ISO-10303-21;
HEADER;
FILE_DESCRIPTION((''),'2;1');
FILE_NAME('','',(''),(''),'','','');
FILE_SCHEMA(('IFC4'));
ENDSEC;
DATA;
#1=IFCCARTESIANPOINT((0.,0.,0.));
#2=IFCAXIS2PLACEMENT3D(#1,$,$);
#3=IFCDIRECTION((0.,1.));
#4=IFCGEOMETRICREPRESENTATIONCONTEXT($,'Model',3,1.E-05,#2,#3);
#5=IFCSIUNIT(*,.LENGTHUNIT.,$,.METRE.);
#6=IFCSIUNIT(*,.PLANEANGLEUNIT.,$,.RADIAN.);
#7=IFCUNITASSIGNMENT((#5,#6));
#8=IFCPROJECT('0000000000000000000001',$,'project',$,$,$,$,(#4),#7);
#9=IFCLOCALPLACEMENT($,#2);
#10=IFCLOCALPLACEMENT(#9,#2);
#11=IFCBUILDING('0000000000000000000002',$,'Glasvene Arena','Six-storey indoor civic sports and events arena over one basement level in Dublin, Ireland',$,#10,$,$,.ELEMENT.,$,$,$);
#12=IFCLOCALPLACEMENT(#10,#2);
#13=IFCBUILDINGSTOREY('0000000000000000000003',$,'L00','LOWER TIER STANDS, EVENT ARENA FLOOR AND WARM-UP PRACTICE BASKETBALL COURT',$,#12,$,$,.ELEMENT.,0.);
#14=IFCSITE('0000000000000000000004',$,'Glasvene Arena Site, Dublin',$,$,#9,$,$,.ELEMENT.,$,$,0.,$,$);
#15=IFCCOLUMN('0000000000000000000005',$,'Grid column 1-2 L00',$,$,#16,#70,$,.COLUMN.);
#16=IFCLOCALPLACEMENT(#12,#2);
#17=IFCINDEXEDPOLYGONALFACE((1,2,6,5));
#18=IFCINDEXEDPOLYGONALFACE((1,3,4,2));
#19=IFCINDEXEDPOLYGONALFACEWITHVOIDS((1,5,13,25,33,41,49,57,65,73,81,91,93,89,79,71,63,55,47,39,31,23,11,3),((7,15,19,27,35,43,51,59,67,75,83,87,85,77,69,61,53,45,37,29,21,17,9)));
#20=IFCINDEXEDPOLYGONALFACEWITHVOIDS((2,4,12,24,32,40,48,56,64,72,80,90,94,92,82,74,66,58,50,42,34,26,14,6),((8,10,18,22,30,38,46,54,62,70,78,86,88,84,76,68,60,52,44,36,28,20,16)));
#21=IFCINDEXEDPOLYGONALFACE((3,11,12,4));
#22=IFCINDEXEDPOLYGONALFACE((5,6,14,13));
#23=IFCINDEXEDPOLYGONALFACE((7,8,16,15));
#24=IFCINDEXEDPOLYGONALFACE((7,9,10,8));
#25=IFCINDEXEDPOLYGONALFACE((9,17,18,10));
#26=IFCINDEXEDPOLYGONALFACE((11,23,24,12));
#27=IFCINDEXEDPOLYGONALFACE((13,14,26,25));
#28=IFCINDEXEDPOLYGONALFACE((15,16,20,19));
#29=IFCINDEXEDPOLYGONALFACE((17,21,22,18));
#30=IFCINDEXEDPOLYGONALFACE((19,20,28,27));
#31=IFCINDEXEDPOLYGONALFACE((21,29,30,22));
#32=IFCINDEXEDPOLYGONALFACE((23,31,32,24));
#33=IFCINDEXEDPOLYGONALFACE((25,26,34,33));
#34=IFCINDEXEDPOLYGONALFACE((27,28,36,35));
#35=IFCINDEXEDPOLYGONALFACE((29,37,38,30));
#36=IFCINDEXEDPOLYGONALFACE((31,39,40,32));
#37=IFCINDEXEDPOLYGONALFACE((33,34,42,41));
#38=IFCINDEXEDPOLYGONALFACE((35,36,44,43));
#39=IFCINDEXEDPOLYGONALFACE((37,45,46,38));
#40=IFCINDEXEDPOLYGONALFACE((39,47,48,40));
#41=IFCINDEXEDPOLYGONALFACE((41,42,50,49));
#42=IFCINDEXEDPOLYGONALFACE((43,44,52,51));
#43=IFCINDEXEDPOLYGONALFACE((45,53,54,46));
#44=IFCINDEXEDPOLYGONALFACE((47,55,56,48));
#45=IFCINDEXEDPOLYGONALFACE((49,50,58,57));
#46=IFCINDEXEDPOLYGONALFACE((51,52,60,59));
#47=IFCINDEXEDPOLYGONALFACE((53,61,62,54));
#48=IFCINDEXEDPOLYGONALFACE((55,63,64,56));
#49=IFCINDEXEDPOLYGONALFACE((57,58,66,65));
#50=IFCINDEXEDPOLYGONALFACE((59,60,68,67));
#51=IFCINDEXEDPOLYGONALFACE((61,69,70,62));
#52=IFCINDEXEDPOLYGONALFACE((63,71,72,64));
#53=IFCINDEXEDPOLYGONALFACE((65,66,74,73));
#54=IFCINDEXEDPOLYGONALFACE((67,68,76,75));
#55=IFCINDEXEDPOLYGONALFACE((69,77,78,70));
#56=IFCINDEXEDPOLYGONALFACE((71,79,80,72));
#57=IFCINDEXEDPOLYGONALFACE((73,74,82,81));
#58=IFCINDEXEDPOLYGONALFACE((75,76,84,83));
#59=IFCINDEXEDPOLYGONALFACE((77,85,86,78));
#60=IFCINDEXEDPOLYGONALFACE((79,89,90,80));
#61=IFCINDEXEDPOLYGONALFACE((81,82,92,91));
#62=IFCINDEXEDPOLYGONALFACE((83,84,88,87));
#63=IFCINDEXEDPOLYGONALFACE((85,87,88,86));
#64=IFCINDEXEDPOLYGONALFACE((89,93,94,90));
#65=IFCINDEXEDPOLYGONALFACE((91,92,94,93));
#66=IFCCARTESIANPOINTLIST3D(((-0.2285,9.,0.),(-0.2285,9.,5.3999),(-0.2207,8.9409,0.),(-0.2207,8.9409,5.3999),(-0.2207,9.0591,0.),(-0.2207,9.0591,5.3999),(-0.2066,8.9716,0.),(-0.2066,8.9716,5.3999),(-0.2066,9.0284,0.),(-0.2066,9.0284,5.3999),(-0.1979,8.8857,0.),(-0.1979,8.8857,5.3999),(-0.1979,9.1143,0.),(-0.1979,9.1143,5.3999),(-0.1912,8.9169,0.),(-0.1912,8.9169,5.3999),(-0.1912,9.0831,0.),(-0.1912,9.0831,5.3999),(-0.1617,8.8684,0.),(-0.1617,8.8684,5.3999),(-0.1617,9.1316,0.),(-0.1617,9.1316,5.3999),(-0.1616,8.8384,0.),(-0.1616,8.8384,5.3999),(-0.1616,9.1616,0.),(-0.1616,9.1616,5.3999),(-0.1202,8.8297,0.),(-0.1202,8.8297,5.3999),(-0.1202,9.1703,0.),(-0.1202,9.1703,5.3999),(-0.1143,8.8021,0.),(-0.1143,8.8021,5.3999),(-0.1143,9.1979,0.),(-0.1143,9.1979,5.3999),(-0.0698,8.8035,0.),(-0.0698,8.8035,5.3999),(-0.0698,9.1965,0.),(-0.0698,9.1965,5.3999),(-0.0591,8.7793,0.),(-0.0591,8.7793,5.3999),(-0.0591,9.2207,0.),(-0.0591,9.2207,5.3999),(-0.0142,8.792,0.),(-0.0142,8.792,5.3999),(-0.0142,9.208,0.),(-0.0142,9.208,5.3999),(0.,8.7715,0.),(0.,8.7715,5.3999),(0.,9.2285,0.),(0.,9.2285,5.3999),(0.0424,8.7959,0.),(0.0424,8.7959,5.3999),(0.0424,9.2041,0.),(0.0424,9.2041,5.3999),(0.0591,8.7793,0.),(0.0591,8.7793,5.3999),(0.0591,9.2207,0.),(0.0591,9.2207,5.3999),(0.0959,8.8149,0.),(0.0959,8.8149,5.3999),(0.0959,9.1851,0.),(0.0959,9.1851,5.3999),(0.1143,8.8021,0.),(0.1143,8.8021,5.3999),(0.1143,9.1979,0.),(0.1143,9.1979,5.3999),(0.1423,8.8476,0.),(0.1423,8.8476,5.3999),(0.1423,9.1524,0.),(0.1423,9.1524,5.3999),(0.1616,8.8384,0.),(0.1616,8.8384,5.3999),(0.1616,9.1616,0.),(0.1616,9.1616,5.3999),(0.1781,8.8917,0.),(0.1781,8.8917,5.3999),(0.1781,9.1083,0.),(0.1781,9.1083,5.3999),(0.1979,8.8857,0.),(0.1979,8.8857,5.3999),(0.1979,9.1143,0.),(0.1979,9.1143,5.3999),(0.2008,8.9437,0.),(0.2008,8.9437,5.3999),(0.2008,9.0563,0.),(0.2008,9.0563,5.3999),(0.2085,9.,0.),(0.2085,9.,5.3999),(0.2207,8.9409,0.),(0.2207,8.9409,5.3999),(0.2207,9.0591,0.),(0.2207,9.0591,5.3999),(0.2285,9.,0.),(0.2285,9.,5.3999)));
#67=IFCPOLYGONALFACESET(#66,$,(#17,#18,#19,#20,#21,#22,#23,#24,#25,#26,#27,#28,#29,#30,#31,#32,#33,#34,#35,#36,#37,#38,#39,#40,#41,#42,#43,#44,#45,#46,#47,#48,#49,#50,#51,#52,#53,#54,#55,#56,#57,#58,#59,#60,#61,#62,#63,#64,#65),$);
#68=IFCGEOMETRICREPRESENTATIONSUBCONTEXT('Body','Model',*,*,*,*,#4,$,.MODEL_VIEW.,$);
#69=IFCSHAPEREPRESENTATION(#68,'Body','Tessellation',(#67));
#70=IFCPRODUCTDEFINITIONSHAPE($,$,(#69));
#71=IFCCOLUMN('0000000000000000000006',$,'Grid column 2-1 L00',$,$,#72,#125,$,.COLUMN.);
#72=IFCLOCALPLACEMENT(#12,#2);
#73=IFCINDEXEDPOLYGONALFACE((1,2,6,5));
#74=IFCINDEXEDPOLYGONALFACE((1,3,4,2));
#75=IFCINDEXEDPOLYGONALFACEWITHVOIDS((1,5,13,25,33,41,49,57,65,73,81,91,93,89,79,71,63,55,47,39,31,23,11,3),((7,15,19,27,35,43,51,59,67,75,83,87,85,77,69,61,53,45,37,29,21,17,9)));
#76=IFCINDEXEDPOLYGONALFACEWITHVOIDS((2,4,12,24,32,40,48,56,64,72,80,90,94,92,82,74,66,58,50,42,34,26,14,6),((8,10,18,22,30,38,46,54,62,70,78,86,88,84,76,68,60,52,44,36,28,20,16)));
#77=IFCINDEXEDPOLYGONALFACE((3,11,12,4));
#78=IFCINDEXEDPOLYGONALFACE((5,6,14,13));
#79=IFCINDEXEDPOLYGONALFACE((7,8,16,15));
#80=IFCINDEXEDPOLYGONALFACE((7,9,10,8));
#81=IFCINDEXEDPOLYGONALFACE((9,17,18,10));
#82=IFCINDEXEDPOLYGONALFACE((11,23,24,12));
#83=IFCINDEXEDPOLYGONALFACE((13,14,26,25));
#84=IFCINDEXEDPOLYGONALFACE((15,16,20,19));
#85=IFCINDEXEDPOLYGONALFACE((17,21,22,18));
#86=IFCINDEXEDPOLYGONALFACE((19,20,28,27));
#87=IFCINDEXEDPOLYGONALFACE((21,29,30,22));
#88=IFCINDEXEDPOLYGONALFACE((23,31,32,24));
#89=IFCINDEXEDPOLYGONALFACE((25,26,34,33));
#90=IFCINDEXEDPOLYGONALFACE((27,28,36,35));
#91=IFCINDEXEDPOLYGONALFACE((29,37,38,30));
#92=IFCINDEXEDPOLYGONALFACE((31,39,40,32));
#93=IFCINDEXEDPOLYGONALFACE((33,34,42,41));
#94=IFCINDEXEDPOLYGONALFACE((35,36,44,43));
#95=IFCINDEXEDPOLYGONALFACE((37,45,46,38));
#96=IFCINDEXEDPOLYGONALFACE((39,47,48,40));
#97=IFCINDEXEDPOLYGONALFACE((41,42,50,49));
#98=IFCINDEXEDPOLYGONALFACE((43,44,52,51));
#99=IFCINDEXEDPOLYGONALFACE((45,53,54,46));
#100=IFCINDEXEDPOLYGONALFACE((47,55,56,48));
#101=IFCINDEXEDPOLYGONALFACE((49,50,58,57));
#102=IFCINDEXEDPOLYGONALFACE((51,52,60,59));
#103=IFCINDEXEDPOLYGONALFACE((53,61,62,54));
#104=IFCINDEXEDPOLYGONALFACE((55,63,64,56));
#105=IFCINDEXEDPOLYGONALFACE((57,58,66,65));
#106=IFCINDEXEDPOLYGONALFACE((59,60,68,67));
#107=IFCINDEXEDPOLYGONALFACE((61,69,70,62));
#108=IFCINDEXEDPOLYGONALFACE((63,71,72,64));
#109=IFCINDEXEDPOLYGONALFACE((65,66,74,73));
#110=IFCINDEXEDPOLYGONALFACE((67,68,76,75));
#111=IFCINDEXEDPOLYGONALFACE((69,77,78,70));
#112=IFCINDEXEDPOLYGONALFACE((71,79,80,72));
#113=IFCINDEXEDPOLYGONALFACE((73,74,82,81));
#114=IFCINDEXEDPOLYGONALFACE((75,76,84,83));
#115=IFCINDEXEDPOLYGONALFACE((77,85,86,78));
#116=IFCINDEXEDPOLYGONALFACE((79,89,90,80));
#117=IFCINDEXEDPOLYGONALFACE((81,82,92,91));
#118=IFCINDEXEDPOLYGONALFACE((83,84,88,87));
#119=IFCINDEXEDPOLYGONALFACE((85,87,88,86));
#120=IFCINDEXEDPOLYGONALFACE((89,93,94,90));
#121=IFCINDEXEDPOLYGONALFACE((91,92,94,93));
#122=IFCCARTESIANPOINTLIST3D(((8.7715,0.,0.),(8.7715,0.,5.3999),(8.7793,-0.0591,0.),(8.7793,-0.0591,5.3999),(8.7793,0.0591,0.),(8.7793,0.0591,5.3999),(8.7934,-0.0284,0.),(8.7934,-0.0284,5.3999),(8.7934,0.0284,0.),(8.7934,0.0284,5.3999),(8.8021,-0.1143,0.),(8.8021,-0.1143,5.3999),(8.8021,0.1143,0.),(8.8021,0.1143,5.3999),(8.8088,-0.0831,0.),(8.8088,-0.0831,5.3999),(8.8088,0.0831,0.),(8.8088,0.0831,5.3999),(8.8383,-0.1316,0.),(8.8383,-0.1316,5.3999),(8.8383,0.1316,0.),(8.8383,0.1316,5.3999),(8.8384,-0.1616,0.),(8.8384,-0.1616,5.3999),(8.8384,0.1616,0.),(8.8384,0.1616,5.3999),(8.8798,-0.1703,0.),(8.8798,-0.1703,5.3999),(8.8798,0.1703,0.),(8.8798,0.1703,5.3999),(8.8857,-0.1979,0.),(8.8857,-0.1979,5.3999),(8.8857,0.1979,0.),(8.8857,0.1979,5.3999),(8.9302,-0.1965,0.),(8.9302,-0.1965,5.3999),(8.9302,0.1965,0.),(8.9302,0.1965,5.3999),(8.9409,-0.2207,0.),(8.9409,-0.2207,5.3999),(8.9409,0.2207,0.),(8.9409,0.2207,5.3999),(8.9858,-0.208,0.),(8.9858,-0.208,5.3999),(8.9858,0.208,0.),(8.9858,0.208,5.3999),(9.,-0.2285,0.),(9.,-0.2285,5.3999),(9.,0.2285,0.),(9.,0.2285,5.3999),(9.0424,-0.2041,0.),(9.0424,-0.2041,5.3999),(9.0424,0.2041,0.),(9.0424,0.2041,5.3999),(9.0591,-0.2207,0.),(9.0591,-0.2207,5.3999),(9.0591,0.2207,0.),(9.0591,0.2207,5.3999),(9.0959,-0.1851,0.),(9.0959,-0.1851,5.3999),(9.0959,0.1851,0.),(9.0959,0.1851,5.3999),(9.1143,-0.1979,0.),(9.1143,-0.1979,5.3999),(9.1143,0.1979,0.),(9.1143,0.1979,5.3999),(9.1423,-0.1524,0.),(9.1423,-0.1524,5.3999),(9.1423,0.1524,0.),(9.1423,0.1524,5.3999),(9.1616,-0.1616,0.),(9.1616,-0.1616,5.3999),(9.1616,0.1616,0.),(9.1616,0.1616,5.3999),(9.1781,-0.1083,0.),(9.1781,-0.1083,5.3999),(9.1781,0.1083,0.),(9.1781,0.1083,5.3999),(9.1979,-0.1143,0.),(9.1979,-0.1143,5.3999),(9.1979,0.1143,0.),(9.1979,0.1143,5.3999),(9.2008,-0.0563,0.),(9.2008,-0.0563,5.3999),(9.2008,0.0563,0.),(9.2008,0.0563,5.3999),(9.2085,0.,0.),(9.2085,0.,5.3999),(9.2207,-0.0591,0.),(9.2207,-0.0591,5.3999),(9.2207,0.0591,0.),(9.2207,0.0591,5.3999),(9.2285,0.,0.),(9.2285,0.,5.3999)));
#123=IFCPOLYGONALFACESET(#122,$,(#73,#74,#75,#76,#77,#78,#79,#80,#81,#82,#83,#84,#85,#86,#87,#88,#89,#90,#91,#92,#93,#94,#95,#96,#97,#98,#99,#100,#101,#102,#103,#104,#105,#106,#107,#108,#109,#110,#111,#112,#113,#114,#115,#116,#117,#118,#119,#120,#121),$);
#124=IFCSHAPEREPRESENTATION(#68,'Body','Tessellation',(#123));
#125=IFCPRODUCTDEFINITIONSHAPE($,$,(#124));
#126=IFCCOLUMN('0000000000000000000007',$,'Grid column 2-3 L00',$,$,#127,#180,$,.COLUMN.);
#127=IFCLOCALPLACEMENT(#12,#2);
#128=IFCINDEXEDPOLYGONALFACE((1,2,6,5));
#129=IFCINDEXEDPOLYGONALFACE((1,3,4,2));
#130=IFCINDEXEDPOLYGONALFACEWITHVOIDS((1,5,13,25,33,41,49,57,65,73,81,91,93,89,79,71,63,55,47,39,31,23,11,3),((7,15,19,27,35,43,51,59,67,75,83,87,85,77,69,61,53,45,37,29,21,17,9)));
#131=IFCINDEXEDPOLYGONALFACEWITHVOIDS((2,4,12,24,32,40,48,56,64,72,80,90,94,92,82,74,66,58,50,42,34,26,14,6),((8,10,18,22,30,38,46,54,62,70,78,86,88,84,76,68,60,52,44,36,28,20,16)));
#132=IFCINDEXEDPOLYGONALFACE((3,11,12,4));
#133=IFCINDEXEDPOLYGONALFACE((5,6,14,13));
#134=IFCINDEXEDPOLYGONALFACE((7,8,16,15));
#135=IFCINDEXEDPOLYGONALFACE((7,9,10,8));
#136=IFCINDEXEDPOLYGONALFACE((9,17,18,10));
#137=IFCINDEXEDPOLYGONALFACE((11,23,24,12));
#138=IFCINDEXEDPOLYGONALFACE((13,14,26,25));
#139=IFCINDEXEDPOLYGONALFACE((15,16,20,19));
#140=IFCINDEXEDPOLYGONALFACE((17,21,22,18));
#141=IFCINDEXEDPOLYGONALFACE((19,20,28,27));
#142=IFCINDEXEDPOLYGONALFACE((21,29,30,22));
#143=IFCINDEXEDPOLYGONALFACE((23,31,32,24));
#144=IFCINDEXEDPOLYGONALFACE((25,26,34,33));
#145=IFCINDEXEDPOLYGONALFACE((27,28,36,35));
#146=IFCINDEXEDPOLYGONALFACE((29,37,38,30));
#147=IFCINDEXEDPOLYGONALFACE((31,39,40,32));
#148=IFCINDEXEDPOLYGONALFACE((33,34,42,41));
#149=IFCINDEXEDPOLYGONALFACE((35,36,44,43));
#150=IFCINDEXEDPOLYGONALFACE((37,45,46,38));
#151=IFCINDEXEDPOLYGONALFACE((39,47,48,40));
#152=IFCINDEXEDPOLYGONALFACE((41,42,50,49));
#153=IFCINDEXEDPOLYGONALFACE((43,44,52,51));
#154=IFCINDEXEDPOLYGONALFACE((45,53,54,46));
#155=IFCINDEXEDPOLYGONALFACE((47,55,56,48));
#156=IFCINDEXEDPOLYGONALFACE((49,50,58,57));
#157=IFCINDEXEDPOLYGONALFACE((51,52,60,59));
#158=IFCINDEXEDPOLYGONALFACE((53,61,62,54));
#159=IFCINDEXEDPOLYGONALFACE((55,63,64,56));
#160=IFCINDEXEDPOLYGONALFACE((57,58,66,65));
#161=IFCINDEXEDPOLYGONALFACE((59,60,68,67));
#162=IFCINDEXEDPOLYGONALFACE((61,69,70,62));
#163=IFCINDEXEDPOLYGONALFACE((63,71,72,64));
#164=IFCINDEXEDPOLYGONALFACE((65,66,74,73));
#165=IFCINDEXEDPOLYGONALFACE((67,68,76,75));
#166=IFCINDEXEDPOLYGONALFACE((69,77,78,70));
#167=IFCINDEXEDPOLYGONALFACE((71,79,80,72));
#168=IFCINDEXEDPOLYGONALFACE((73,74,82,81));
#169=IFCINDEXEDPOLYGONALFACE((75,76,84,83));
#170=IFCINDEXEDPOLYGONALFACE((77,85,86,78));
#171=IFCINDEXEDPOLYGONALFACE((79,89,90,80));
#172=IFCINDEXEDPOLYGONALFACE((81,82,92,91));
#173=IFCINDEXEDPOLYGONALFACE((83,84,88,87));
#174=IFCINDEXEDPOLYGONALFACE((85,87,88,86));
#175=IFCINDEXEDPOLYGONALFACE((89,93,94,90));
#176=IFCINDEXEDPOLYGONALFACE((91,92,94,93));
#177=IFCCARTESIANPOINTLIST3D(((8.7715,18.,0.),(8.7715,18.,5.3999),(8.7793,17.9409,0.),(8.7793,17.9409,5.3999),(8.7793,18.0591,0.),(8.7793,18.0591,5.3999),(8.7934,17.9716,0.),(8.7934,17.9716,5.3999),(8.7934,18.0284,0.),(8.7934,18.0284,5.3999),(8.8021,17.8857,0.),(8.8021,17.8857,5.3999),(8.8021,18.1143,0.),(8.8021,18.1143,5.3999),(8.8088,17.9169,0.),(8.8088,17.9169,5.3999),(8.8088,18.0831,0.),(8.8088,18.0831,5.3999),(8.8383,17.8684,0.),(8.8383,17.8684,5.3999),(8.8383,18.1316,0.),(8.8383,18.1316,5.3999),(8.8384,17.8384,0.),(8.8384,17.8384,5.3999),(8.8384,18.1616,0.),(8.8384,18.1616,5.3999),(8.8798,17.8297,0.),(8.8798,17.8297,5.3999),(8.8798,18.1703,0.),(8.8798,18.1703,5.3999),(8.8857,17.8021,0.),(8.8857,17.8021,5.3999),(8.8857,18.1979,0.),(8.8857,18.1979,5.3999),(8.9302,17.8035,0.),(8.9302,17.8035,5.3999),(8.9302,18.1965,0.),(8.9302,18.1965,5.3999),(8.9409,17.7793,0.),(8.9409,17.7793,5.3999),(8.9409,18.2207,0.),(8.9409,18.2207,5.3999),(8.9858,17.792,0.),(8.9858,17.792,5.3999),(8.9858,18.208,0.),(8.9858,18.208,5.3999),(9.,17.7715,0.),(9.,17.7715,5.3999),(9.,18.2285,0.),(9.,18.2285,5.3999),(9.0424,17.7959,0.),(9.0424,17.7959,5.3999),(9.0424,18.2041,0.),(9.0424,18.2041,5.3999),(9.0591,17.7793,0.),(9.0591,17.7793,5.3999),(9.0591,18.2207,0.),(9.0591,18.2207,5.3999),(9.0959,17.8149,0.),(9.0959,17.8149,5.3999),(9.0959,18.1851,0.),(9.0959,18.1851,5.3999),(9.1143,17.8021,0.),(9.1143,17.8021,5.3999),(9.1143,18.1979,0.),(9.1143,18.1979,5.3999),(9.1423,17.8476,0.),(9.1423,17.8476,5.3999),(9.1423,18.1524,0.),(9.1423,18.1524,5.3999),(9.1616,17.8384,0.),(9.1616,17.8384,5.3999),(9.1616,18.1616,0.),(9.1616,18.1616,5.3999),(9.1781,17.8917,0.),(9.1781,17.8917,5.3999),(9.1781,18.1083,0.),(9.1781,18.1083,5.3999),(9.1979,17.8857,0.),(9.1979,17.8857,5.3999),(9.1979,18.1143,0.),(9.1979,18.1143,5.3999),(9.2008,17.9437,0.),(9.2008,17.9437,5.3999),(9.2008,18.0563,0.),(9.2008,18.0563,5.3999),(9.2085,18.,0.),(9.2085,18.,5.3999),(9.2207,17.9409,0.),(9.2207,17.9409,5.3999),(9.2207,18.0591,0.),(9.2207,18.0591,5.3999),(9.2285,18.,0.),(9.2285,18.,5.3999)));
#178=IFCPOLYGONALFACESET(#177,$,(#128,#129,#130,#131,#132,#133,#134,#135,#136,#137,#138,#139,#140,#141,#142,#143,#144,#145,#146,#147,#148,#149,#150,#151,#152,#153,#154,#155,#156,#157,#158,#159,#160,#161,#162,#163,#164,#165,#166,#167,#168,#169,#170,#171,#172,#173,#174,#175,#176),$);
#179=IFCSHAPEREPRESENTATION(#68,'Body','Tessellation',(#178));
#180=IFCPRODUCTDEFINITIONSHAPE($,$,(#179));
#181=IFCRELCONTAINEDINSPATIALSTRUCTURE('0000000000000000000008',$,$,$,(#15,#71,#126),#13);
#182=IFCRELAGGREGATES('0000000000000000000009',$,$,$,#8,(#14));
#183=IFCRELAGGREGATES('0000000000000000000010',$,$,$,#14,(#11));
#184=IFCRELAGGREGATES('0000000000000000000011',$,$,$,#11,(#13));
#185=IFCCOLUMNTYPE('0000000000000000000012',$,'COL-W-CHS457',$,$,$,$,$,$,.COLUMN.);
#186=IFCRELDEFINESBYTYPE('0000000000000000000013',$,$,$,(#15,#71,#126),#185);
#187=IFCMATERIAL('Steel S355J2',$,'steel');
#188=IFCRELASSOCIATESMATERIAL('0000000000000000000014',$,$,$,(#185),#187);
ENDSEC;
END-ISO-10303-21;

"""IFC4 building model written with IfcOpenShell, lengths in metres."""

from ifc_helpers import new_model, si_unit, direction, frame, origin, origin_2d, place, context, subcontext, project, spatial, hollow_circle, extrude, material, material_profile, profile_set, type_object, element, save


model = new_model("IFC4")

# Units and contexts
model_context = context("Model", 3, precision=1e-05, world=origin(), true_north=direction((0.0, 1.0)))
body_context = subcontext(model_context, "Body", "Model", "MODEL_VIEW")
ifc_project = project(units=[si_unit("LENGTHUNIT", "METRE"), si_unit("PLANEANGLEUNIT", "RADIAN")], contexts=[model_context])

# Site, building, storey
site_placement = place(None, origin())
site = spatial("IfcSite", under=ifc_project, at=site_placement, Name="Glasvene Arena Site, Dublin", CompositionType="ELEMENT", RefElevation=0.0)
building_placement = place(site_placement, origin())
building = spatial("IfcBuilding", under=site, at=building_placement, Name="Glasvene Arena", Description="Six-storey indoor civic sports and events arena over one basement level in Dublin, Ireland", CompositionType="ELEMENT")
storey_placement = place(building_placement, origin())
storey = spatial("IfcBuildingStorey", under=building, at=storey_placement, Name="L00", Description="LOWER TIER STANDS, EVENT ARENA FLOOR AND WARM-UP PRACTICE BASKETBALL COURT", CompositionType="ELEMENT", Elevation=0.0)

# Columns
ifc_material_1 = material(Name="Steel S355J2", Category="steel")
ifc_material_profile_1 = material_profile(ifc_material_1, hollow_circle(Radius=0.2285, WallThickness=0.02, at=origin_2d()), Name="CHS 457.0x20.0")
ifc_profile_set_1 = profile_set([ifc_material_profile_1], Name="Steel S355J2")
column_type_1 = type_object("IfcColumnType", Name="COL-W-CHS457", PredefinedType="COLUMN", material=ifc_profile_set_1)
for number, where, z_axis, x_axis, name in (
    (1, (0.0, 9.0, 0.0), (0.0, 0.0, 1.0), (1.0, 0.0, 0.0), "Grid column 1-2 L00"),
    (2, (9.0, 0.0, 0.0), (0.0, 0.0, 1.0), (1.0, 0.0, 0.0), "Grid column 2-1 L00"),
    (3, (9.0, 18.0, 0.0), (0.0, 0.0, 1.0), (1.0, 0.0, 0.0), "Grid column 2-3 L00"),
):
    element("IfcColumn", number, at=place(storey_placement, frame(where, z_axis=z_axis, x_axis=x_axis)), inside=storey, type_object=column_type_1, Name=name, PredefinedType="COLUMN", context=body_context, shape_type="SweptSolid", body=[
        extrude(hollow_circle(Radius=0.2285, WallThickness=0.02, at=origin_2d()), origin(), (0.0, 0.0, 1.0), 5.3999),
    ])

save(model, "model.ifc")
